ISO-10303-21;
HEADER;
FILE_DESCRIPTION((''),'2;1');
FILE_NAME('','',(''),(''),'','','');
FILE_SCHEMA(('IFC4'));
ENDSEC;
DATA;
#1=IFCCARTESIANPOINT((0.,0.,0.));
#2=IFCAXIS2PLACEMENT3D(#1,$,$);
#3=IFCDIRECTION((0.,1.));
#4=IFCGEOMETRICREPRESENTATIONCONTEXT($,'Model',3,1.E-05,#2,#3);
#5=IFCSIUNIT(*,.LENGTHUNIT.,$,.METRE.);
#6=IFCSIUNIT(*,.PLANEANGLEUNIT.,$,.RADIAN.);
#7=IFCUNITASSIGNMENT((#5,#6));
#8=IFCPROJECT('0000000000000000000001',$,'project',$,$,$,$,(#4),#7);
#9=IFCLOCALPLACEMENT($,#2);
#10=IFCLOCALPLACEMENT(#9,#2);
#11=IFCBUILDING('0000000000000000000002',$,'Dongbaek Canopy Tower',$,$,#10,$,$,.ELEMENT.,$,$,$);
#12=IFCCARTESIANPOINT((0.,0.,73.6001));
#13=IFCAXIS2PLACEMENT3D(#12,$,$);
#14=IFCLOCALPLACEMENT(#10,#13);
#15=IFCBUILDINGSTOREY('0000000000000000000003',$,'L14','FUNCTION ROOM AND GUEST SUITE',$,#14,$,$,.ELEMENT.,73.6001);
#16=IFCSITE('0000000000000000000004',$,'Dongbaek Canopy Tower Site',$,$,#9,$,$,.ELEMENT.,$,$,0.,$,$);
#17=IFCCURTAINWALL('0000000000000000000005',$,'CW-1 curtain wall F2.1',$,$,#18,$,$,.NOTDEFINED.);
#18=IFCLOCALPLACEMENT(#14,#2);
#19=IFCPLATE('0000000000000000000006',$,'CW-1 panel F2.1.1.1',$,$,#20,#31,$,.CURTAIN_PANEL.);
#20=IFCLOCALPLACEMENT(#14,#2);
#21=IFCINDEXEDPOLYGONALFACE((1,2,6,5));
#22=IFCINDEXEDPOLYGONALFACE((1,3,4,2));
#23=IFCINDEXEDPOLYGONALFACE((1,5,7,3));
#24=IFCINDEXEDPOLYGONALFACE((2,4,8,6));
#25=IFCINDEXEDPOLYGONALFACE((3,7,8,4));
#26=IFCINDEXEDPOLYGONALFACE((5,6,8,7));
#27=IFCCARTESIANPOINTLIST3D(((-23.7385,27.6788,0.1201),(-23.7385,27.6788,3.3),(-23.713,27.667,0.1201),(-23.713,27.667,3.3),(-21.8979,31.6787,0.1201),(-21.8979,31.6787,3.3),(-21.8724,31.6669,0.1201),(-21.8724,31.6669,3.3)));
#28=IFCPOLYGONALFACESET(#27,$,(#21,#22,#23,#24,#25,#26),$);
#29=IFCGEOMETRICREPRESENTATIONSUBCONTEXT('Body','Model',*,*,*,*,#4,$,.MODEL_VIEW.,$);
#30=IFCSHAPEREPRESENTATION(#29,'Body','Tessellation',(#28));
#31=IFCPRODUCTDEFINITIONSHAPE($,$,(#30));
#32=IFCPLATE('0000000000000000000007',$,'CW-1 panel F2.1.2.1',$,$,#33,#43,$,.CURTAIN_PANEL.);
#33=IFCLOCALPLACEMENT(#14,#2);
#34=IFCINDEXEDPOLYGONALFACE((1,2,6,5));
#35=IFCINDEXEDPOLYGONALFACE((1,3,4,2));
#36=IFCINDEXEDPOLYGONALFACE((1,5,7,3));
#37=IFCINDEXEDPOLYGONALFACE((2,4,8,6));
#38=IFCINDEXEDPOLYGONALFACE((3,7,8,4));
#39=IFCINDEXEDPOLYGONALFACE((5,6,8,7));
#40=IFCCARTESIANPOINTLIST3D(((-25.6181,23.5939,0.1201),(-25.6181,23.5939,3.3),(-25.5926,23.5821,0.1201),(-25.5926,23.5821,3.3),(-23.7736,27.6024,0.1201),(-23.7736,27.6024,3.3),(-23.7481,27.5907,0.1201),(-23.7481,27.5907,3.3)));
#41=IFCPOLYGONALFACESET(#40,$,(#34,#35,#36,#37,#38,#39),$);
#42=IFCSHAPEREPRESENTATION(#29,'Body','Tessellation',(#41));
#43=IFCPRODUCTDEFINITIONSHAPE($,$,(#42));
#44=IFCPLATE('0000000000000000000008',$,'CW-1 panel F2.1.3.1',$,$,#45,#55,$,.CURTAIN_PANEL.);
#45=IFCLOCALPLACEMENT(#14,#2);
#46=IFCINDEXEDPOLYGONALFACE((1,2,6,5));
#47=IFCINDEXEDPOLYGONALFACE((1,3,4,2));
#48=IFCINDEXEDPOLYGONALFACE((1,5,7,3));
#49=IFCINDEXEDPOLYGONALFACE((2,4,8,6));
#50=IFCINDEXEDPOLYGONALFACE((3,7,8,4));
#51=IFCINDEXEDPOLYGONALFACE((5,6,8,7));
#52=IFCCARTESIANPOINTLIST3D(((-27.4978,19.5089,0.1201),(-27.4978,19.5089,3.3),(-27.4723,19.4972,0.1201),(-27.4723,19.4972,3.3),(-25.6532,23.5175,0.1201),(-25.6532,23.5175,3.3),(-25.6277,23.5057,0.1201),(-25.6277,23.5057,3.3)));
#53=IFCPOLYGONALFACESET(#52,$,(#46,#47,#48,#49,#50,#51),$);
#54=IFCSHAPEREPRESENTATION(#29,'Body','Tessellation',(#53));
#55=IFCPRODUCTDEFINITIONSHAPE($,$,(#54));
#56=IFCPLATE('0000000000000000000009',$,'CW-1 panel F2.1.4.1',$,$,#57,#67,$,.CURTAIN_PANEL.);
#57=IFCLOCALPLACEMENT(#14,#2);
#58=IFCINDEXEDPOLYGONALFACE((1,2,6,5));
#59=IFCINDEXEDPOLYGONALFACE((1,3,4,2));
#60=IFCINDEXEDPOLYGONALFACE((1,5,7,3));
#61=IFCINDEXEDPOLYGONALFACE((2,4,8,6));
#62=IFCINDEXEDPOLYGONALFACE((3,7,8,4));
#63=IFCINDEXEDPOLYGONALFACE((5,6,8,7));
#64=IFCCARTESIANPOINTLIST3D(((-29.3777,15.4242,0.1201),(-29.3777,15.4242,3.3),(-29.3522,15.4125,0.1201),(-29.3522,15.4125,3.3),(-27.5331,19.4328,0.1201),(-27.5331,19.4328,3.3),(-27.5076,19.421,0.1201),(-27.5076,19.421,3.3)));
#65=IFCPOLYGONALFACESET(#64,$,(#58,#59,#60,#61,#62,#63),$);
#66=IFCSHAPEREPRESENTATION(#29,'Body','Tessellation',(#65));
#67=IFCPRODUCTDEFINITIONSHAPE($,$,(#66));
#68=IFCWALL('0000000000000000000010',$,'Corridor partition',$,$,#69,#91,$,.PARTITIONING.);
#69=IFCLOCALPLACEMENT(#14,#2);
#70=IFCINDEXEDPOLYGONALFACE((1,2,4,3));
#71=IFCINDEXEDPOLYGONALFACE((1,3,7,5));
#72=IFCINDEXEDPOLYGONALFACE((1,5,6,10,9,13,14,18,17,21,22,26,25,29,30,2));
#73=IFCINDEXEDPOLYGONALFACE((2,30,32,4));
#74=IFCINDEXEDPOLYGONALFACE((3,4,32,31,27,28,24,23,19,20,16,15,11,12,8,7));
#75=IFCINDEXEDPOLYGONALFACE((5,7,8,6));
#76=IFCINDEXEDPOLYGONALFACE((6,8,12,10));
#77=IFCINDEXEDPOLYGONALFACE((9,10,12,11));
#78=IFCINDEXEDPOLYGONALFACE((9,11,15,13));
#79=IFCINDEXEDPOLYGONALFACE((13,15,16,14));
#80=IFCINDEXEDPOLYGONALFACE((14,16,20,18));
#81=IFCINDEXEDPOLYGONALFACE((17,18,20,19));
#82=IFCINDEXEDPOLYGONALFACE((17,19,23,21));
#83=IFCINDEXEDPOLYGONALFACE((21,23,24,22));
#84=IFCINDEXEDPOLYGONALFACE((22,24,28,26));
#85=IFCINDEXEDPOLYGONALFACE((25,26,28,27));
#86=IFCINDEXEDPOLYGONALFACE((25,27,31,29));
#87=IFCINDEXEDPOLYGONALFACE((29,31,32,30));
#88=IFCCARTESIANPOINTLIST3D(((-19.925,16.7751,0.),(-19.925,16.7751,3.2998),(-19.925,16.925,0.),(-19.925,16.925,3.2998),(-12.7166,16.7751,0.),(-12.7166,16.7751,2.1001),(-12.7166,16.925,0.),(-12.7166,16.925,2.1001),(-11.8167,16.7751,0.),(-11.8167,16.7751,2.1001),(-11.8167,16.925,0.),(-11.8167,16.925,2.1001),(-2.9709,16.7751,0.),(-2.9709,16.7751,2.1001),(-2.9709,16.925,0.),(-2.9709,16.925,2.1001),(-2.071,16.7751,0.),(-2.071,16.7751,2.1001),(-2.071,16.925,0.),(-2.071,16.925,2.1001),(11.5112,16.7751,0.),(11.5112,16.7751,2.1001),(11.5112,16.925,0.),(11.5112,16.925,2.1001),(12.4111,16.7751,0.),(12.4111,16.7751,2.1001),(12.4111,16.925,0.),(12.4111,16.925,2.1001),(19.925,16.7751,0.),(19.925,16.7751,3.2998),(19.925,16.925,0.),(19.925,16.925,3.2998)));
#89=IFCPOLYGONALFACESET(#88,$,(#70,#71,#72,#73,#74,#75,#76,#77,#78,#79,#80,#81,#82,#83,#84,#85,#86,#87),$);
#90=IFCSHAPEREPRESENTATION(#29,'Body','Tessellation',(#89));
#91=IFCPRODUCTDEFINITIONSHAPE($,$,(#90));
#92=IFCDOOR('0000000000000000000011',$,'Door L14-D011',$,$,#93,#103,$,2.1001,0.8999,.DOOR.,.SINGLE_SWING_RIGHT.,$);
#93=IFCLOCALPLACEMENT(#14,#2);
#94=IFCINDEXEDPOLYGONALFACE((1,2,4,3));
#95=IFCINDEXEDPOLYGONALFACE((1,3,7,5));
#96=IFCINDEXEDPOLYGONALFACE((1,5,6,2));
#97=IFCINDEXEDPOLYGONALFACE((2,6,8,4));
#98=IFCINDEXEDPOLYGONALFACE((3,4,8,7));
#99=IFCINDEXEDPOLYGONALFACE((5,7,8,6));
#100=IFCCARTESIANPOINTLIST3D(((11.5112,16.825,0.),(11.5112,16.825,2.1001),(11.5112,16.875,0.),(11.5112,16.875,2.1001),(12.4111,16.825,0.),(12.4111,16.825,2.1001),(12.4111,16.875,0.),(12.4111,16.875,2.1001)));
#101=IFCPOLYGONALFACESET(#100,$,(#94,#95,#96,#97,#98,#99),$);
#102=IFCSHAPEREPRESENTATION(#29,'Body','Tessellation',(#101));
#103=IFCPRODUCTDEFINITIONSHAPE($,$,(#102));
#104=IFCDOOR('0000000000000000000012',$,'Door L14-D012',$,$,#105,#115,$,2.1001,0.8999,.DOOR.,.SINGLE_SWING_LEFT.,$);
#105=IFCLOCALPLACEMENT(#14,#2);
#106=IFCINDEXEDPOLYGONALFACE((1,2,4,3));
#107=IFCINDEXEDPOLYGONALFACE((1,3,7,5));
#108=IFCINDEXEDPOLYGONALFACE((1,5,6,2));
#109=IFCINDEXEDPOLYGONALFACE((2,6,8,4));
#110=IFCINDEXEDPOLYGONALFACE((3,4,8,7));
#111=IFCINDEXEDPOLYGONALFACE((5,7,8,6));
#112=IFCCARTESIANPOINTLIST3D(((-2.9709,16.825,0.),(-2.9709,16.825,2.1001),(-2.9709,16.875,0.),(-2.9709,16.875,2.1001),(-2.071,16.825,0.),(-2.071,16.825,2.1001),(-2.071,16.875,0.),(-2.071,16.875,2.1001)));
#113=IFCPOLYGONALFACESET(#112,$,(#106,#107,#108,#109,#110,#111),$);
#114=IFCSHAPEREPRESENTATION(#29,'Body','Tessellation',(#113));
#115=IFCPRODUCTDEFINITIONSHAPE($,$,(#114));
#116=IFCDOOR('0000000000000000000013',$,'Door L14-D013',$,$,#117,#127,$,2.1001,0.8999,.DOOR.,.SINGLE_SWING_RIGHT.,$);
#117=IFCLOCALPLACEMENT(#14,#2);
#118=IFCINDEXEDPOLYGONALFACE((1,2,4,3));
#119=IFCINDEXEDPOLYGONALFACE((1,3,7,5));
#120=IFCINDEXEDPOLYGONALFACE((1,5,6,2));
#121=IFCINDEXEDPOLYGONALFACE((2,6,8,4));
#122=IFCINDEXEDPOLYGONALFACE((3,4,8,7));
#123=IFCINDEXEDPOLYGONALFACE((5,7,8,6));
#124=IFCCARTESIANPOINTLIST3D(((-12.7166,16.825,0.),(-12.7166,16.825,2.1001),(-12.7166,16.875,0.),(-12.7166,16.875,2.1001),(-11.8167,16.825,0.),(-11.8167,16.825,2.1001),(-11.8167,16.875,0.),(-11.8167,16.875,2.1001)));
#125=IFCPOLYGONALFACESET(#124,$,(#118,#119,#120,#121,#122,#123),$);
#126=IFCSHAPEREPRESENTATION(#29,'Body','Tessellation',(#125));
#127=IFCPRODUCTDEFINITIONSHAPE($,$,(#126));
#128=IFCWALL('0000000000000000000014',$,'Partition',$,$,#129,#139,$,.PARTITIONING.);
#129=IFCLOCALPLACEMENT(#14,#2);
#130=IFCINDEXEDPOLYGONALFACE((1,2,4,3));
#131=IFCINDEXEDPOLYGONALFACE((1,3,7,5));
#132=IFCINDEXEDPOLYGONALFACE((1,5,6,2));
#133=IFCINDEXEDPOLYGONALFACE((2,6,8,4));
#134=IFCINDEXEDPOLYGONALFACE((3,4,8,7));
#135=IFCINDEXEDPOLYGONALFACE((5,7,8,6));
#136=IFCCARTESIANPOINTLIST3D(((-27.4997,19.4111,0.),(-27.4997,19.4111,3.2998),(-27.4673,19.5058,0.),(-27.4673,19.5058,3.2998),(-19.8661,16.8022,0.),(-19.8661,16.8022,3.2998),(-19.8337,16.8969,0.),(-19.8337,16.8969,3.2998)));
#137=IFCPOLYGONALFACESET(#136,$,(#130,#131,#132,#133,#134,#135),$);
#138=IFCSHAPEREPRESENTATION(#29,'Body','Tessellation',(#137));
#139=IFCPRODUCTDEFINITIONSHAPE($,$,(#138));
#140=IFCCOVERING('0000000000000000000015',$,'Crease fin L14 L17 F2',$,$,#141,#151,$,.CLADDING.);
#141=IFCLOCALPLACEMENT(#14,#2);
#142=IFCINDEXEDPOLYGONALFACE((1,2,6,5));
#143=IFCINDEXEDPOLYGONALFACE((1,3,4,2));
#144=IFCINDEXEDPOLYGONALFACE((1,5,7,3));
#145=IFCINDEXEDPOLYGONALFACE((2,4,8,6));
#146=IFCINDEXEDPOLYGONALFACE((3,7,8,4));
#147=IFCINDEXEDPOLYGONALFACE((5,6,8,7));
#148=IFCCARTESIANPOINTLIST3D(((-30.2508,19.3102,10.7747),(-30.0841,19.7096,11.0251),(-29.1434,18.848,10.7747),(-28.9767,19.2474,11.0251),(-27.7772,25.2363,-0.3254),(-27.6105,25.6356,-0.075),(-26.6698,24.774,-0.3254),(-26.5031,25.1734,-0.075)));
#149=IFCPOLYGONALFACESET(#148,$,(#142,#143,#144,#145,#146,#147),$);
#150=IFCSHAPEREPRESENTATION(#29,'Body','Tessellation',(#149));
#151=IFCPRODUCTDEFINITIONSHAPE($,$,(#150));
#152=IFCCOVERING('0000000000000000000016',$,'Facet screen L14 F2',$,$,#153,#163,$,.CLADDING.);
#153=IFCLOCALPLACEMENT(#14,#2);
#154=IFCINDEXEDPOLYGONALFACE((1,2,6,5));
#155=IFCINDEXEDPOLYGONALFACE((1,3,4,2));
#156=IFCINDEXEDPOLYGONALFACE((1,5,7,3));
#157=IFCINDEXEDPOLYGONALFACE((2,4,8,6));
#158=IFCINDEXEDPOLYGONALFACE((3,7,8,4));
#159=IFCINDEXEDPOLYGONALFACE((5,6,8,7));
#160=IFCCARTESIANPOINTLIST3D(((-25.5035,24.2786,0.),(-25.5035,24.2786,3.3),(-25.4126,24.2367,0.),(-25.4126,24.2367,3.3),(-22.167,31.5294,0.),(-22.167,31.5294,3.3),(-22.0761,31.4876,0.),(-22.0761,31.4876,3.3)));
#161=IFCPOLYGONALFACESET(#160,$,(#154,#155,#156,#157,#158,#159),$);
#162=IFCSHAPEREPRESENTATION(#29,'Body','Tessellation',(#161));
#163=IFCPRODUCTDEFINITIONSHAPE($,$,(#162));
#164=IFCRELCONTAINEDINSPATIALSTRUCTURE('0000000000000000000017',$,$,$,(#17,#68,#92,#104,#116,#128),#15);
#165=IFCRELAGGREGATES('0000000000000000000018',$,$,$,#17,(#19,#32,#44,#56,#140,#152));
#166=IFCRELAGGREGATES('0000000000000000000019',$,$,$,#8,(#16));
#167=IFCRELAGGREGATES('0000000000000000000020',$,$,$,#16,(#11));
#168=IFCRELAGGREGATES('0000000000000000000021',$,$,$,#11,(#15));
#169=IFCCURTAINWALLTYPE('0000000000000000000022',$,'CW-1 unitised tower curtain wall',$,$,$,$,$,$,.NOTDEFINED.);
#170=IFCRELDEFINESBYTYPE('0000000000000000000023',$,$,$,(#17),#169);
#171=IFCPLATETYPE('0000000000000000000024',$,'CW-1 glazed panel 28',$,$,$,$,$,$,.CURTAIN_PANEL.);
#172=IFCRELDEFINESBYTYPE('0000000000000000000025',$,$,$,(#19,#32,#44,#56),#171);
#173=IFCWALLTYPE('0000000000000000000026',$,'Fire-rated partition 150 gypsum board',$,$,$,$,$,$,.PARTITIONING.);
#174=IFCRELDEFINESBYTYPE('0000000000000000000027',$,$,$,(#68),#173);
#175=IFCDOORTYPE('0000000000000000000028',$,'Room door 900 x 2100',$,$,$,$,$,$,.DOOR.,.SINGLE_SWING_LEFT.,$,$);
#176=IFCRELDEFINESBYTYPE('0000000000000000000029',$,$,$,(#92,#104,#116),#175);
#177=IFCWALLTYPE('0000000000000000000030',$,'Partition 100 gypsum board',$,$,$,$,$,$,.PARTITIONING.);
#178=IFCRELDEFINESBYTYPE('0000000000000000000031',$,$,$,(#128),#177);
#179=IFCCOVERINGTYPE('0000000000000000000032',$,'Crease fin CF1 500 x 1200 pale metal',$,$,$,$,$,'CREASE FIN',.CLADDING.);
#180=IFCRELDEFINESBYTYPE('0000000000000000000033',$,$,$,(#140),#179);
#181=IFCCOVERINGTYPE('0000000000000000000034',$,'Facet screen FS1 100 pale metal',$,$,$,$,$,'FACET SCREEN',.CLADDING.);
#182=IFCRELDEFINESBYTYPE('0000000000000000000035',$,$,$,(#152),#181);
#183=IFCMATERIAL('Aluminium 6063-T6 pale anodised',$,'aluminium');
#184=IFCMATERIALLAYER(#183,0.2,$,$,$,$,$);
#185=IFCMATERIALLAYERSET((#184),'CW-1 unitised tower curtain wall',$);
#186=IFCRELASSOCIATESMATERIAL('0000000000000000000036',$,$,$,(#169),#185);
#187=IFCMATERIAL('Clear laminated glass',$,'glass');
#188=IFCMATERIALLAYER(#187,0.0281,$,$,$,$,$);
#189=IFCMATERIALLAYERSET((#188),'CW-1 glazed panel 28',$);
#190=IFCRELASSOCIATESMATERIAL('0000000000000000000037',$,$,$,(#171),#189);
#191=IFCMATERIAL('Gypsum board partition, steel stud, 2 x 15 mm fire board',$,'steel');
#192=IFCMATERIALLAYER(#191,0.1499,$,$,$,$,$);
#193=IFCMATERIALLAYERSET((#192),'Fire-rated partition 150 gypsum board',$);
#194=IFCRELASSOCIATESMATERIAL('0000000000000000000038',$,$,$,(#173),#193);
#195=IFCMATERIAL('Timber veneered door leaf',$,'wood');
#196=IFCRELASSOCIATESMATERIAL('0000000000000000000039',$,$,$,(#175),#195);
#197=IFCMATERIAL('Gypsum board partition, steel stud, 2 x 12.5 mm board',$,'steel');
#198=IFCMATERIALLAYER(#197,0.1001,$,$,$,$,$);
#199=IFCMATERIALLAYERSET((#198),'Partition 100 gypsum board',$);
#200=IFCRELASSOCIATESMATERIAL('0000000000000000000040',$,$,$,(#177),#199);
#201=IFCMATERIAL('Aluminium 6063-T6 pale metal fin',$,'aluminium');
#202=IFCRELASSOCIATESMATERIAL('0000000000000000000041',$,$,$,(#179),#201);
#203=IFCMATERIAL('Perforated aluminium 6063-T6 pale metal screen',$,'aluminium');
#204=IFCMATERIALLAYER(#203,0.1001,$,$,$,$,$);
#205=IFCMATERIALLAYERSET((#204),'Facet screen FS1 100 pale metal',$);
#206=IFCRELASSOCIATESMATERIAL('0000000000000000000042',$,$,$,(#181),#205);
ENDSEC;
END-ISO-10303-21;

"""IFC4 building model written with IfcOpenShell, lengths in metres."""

from ifc_helpers import new_model, si_unit, direction, frame, frame_2d, origin, origin_2d, place, context, subcontext, project, spatial, rectangle, extrude, material, layer, layer_set, material_profile, profile_set, type_object, element, fill, aggregate, save


model = new_model("IFC4")

# Units and contexts
model_context = context("Model", 3, precision=1e-05, world=origin(), true_north=direction((0.0, 1.0)))
body_context = subcontext(model_context, "Body", "Model", "MODEL_VIEW")
ifc_project = project(units=[si_unit("LENGTHUNIT", "METRE"), si_unit("PLANEANGLEUNIT", "RADIAN")], contexts=[model_context])

# Site, building, storey
site_placement = place(None, origin())
site = spatial("IfcSite", under=ifc_project, at=site_placement, Name="Dongbaek Canopy Tower Site", CompositionType="ELEMENT", RefElevation=0.0)
building_placement = place(site_placement, origin())
building = spatial("IfcBuilding", under=site, at=building_placement, Name="Dongbaek Canopy Tower", CompositionType="ELEMENT")
storey_placement = place(building_placement, frame((0.0, 0.0, 73.6001)))
storey = spatial("IfcBuildingStorey", under=building, at=storey_placement, Name="L14", Description="FUNCTION ROOM AND GUEST SUITE", CompositionType="ELEMENT", Elevation=73.6001)

# Curtain wall
ifc_material_1 = material(Name="Aluminium 6063-T6 pale anodised", Category="aluminium")
ifc_layer_1 = layer(ifc_material_1, 0.2)
ifc_layer_set_1 = layer_set([ifc_layer_1], Name="CW-1 unitised tower curtain wall")
curtain_wall_type = type_object("IfcCurtainWallType", Name="CW-1 unitised tower curtain wall", PredefinedType="NOTDEFINED", material=ifc_layer_set_1)
curtain_wall_1_placement = place(storey_placement, origin())
curtain_wall_1 = element("IfcCurtainWall", 1, at=curtain_wall_1_placement, inside=storey, type_object=curtain_wall_type, Name="CW-1 curtain wall F2.1", PredefinedType="NOTDEFINED")

# Plates
ifc_material_2 = material(Name="Clear laminated glass", Category="glass")
ifc_layer_2 = layer(ifc_material_2, 0.0281)
ifc_layer_set_2 = layer_set([ifc_layer_2], Name="CW-1 glazed panel 28")
plate_type = type_object("IfcPlateType", Name="CW-1 glazed panel 28", PredefinedType="CURTAIN_PANEL", material=ifc_layer_set_2)
plate_1_placement = place(storey_placement, frame((-22.8054, 29.6729, 0.1201), z_axis=(0.0, 0.0, 1.0), x_axis=(-0.418025, -0.908436, 0.0)))
plate_1 = element("IfcPlate", 2, at=plate_1_placement, type_object=plate_type, Name="CW-1 panel F2.1.1.1", PredefinedType="CURTAIN_PANEL", context=body_context, shape_type="SweptSolid", body=[
    extrude(rectangle(XDim=4.4031, YDim=0.0281, at=origin_2d()), origin(), (0.0, 0.0, 1.0), 3.1799),
])
plate_2_placement = place(storey_placement, frame((-24.6831, 25.5923, 0.1201), z_axis=(0.0, 0.0, 1.0), x_axis=(-0.418025, -0.908436, 0.0)))
plate_2 = element("IfcPlate", 3, at=plate_2_placement, type_object=plate_type, Name="CW-1 panel F2.1.2.1", PredefinedType="CURTAIN_PANEL", context=body_context, shape_type="SweptSolid", body=[
    extrude(rectangle(XDim=4.4126, YDim=0.0281, at=origin_2d()), origin(), (0.0, 0.0, 1.0), 3.1799),
])
plate_3_placement = place(storey_placement, frame((-26.5627, 21.5073, 0.1201), z_axis=(0.0, 0.0, 1.0), x_axis=(-0.418025, -0.908436, 0.0)))
plate_3 = element("IfcPlate", 4, at=plate_3_placement, type_object=plate_type, Name="CW-1 panel F2.1.3.1", PredefinedType="CURTAIN_PANEL", context=body_context, shape_type="SweptSolid", body=[
    extrude(rectangle(XDim=4.4126, YDim=0.0281, at=origin_2d()), origin(), (0.0, 0.0, 1.0), 3.1799),
])
plate_4_placement = place(storey_placement, frame((-28.4426, 17.4226, 0.1201), z_axis=(0.0, 0.0, 1.0), x_axis=(-0.418025, -0.908436, 0.0)))
plate_4 = element("IfcPlate", 5, at=plate_4_placement, type_object=plate_type, Name="CW-1 panel F2.1.4.1", PredefinedType="CURTAIN_PANEL", context=body_context, shape_type="SweptSolid", body=[
    extrude(rectangle(XDim=4.4126, YDim=0.0281, at=origin_2d()), origin(), (0.0, 0.0, 1.0), 3.1799),
])

# Wall, openings, doors
ifc_material_3 = material(Name="Gypsum board partition, steel stud, 2 x 15 mm fire board", Category="steel")
ifc_layer_3 = layer(ifc_material_3, 0.1499)
ifc_layer_set_3 = layer_set([ifc_layer_3], Name="Fire-rated partition 150 gypsum board")
wall_type_1 = type_object("IfcWallType", Name="Fire-rated partition 150 gypsum board", PredefinedType="PARTITIONING", material=ifc_layer_set_3)
wall_1_placement = place(storey_placement, frame((-19.925, 16.8501, 0.0), z_axis=(0.0, 0.0, 1.0), x_axis=(1.0, 0.0, 0.0)))
wall_1 = element("IfcWall", 6, at=wall_1_placement, inside=storey, type_object=wall_type_1, Name="Corridor partition", PredefinedType="PARTITIONING", context=body_context, shape_type="SweptSolid", body=[
    extrude(rectangle(XDim=39.8501, YDim=0.1499, at=frame_2d((19.925, 0.0))), origin(), (0.0, 0.0, 1.0), 3.2998),
])
opening_1_placement = place(wall_1_placement, frame((31.4363, 0.0, 0.0)))
opening_1 = element("IfcOpeningElement", 7, at=opening_1_placement, cuts=wall_1, PredefinedType="OPENING", context=body_context, shape_type="SweptSolid", body=[
    extrude(rectangle(XDim=0.8999, YDim=2.1001, at=frame_2d((0.45, 1.05))), frame((0.0, 0.085, 0.0), z_axis=(0.0, -1.0, 0.0), x_axis=(1.0, 0.0, 0.0)), (0.0, 0.0, 1.0), 0.1699),
])
opening_2_placement = place(wall_1_placement, frame((16.9541, 0.0, 0.0)))
opening_2 = element("IfcOpeningElement", 8, at=opening_2_placement, cuts=wall_1, PredefinedType="OPENING", context=body_context, shape_type="SweptSolid", body=[
    extrude(rectangle(XDim=0.8999, YDim=2.1001, at=frame_2d((0.45, 1.05))), frame((0.0, 0.085, 0.0), z_axis=(0.0, -1.0, 0.0), x_axis=(1.0, 0.0, 0.0)), (0.0, 0.0, 1.0), 0.1699),
])
opening_3_placement = place(wall_1_placement, frame((7.2085, 0.0, 0.0)))
opening_3 = element("IfcOpeningElement", 9, at=opening_3_placement, cuts=wall_1, PredefinedType="OPENING", context=body_context, shape_type="SweptSolid", body=[
    extrude(rectangle(XDim=0.8999, YDim=2.1001, at=frame_2d((0.45, 1.05))), frame((0.0, 0.085, 0.0), z_axis=(0.0, -1.0, 0.0), x_axis=(1.0, 0.0, 0.0)), (0.0, 0.0, 1.0), 0.1699),
])
ifc_material_4 = material(Name="Timber veneered door leaf", Category="wood")
door_type = type_object("IfcDoorType", Name="Room door 900 x 2100", OperationType="SINGLE_SWING_LEFT", PredefinedType="DOOR", material=ifc_material_4)
door_1_placement = place(opening_1_placement, origin())
door_1 = element("IfcDoor", 10, at=door_1_placement, inside=storey, type_object=door_type, Name="Door L14-D011", OperationType="SINGLE_SWING_RIGHT", OverallHeight=2.1001, OverallWidth=0.8999, PredefinedType="DOOR", context=body_context, shape_type="SweptSolid", body=[
    extrude(rectangle(XDim=0.8999, YDim=2.1001, at=frame_2d((0.45, 1.05))), frame((0.0, 0.0249, 0.0), z_axis=(0.0, -1.0, 0.0), x_axis=(1.0, 0.0, 0.0)), (0.0, 0.0, 1.0), 0.05),
])
fill(opening_1, door_1)
door_2_placement = place(opening_2_placement, origin())
door_2 = element("IfcDoor", 11, at=door_2_placement, inside=storey, type_object=door_type, Name="Door L14-D012", OperationType="SINGLE_SWING_LEFT", OverallHeight=2.1001, OverallWidth=0.8999, PredefinedType="DOOR", context=body_context, shape_type="SweptSolid", body=[
    extrude(rectangle(XDim=0.8999, YDim=2.1001, at=frame_2d((0.45, 1.05))), frame((0.0, 0.0249, 0.0), z_axis=(0.0, -1.0, 0.0), x_axis=(1.0, 0.0, 0.0)), (0.0, 0.0, 1.0), 0.05),
])
fill(opening_2, door_2)
door_3_placement = place(opening_3_placement, origin())
door_3 = element("IfcDoor", 12, at=door_3_placement, inside=storey, type_object=door_type, Name="Door L14-D013", OperationType="SINGLE_SWING_RIGHT", OverallHeight=2.1001, OverallWidth=0.8999, PredefinedType="DOOR", context=body_context, shape_type="SweptSolid", body=[
    extrude(rectangle(XDim=0.8999, YDim=2.1001, at=frame_2d((0.45, 1.05))), frame((0.0, 0.0249, 0.0), z_axis=(0.0, -1.0, 0.0), x_axis=(1.0, 0.0, 0.0)), (0.0, 0.0, 1.0), 0.05),
])
fill(opening_3, door_3)

# Wall
ifc_material_5 = material(Name="Gypsum board partition, steel stud, 2 x 12.5 mm board", Category="steel")
ifc_layer_4 = layer(ifc_material_5, 0.1001)
ifc_layer_set_4 = layer_set([ifc_layer_4], Name="Partition 100 gypsum board")
wall_type_2 = type_object("IfcWallType", Name="Partition 100 gypsum board", PredefinedType="PARTITIONING", material=ifc_layer_set_4)
wall_2_placement = place(storey_placement, frame((-27.4836, 19.4585, 0.0), z_axis=(0.0, 0.0, 1.0), x_axis=(0.946262, -0.3234, 0.0)))
element("IfcWall", 13, at=wall_2_placement, inside=storey, type_object=wall_type_2, Name="Partition", PredefinedType="PARTITIONING", context=body_context, shape_type="SweptSolid", body=[
    extrude(rectangle(XDim=8.0671, YDim=0.1001, at=frame_2d((4.0337, 0.0))), origin(), (0.0, 0.0, 1.0), 3.2998),
])

# Coverings
ifc_material_6 = material(Name="Aluminium 6063-T6 pale metal fin", Category="aluminium")
ifc_material_profile_1 = material_profile(ifc_material_6, rectangle(XDim=1.2, YDim=0.5, at=origin_2d()), Name="Crease fin CF1 500 x 1200 pale metal")
ifc_profile_set_1 = profile_set([ifc_material_profile_1], Name="Aluminium 6063-T6 pale metal fin")
covering_type_1 = type_object("IfcCoveringType", Name="Crease fin CF1 500 x 1200 pale metal", ElementType="CREASE FIN", PredefinedType="CLADDING", material=ifc_profile_set_1)
covering_1_placement = place(storey_placement, frame((-27.1401, 25.2048, -0.2002), z_axis=(-0.192895, -0.462113, 0.865588), x_axis=(0.92283, -0.385207, 0.0)))
covering_1 = element("IfcCovering", 14, at=covering_1_placement, type_object=covering_type_1, Name="Crease fin L14 L17 F2", PredefinedType="CLADDING", context=body_context, shape_type="SweptSolid", body=[
    extrude(rectangle(XDim=1.2, YDim=0.5, at=origin_2d()), origin(), (0.0, 0.0, 1.0), 12.8237),
])
ifc_material_7 = material(Name="Perforated aluminium 6063-T6 pale metal screen", Category="aluminium")
ifc_layer_5 = layer(ifc_material_7, 0.1001)
ifc_layer_set_5 = layer_set([ifc_layer_5], Name="Facet screen FS1 100 pale metal")
covering_type_2 = type_object("IfcCoveringType", Name="Facet screen FS1 100 pale metal", ElementType="FACET SCREEN", PredefinedType="CLADDING", material=ifc_layer_set_5)
covering_2_placement = place(storey_placement, frame((-23.7898, 27.8831, 0.0), z_axis=(0.0, 0.0, 1.0), x_axis=(-0.418024, -0.908436, 0.0)))
covering_2 = element("IfcCovering", 15, at=covering_2_placement, type_object=covering_type_2, Name="Facet screen L14 F2", PredefinedType="CLADDING", context=body_context, shape_type="SweptSolid", body=[
    extrude(rectangle(XDim=7.9817, YDim=0.1001, at=origin_2d()), origin(), (0.0, 0.0, 1.0), 3.3),
])
aggregate(curtain_wall_1, [plate_1, plate_2, plate_3, plate_4, covering_1, covering_2])

save(model, "model.ifc")
